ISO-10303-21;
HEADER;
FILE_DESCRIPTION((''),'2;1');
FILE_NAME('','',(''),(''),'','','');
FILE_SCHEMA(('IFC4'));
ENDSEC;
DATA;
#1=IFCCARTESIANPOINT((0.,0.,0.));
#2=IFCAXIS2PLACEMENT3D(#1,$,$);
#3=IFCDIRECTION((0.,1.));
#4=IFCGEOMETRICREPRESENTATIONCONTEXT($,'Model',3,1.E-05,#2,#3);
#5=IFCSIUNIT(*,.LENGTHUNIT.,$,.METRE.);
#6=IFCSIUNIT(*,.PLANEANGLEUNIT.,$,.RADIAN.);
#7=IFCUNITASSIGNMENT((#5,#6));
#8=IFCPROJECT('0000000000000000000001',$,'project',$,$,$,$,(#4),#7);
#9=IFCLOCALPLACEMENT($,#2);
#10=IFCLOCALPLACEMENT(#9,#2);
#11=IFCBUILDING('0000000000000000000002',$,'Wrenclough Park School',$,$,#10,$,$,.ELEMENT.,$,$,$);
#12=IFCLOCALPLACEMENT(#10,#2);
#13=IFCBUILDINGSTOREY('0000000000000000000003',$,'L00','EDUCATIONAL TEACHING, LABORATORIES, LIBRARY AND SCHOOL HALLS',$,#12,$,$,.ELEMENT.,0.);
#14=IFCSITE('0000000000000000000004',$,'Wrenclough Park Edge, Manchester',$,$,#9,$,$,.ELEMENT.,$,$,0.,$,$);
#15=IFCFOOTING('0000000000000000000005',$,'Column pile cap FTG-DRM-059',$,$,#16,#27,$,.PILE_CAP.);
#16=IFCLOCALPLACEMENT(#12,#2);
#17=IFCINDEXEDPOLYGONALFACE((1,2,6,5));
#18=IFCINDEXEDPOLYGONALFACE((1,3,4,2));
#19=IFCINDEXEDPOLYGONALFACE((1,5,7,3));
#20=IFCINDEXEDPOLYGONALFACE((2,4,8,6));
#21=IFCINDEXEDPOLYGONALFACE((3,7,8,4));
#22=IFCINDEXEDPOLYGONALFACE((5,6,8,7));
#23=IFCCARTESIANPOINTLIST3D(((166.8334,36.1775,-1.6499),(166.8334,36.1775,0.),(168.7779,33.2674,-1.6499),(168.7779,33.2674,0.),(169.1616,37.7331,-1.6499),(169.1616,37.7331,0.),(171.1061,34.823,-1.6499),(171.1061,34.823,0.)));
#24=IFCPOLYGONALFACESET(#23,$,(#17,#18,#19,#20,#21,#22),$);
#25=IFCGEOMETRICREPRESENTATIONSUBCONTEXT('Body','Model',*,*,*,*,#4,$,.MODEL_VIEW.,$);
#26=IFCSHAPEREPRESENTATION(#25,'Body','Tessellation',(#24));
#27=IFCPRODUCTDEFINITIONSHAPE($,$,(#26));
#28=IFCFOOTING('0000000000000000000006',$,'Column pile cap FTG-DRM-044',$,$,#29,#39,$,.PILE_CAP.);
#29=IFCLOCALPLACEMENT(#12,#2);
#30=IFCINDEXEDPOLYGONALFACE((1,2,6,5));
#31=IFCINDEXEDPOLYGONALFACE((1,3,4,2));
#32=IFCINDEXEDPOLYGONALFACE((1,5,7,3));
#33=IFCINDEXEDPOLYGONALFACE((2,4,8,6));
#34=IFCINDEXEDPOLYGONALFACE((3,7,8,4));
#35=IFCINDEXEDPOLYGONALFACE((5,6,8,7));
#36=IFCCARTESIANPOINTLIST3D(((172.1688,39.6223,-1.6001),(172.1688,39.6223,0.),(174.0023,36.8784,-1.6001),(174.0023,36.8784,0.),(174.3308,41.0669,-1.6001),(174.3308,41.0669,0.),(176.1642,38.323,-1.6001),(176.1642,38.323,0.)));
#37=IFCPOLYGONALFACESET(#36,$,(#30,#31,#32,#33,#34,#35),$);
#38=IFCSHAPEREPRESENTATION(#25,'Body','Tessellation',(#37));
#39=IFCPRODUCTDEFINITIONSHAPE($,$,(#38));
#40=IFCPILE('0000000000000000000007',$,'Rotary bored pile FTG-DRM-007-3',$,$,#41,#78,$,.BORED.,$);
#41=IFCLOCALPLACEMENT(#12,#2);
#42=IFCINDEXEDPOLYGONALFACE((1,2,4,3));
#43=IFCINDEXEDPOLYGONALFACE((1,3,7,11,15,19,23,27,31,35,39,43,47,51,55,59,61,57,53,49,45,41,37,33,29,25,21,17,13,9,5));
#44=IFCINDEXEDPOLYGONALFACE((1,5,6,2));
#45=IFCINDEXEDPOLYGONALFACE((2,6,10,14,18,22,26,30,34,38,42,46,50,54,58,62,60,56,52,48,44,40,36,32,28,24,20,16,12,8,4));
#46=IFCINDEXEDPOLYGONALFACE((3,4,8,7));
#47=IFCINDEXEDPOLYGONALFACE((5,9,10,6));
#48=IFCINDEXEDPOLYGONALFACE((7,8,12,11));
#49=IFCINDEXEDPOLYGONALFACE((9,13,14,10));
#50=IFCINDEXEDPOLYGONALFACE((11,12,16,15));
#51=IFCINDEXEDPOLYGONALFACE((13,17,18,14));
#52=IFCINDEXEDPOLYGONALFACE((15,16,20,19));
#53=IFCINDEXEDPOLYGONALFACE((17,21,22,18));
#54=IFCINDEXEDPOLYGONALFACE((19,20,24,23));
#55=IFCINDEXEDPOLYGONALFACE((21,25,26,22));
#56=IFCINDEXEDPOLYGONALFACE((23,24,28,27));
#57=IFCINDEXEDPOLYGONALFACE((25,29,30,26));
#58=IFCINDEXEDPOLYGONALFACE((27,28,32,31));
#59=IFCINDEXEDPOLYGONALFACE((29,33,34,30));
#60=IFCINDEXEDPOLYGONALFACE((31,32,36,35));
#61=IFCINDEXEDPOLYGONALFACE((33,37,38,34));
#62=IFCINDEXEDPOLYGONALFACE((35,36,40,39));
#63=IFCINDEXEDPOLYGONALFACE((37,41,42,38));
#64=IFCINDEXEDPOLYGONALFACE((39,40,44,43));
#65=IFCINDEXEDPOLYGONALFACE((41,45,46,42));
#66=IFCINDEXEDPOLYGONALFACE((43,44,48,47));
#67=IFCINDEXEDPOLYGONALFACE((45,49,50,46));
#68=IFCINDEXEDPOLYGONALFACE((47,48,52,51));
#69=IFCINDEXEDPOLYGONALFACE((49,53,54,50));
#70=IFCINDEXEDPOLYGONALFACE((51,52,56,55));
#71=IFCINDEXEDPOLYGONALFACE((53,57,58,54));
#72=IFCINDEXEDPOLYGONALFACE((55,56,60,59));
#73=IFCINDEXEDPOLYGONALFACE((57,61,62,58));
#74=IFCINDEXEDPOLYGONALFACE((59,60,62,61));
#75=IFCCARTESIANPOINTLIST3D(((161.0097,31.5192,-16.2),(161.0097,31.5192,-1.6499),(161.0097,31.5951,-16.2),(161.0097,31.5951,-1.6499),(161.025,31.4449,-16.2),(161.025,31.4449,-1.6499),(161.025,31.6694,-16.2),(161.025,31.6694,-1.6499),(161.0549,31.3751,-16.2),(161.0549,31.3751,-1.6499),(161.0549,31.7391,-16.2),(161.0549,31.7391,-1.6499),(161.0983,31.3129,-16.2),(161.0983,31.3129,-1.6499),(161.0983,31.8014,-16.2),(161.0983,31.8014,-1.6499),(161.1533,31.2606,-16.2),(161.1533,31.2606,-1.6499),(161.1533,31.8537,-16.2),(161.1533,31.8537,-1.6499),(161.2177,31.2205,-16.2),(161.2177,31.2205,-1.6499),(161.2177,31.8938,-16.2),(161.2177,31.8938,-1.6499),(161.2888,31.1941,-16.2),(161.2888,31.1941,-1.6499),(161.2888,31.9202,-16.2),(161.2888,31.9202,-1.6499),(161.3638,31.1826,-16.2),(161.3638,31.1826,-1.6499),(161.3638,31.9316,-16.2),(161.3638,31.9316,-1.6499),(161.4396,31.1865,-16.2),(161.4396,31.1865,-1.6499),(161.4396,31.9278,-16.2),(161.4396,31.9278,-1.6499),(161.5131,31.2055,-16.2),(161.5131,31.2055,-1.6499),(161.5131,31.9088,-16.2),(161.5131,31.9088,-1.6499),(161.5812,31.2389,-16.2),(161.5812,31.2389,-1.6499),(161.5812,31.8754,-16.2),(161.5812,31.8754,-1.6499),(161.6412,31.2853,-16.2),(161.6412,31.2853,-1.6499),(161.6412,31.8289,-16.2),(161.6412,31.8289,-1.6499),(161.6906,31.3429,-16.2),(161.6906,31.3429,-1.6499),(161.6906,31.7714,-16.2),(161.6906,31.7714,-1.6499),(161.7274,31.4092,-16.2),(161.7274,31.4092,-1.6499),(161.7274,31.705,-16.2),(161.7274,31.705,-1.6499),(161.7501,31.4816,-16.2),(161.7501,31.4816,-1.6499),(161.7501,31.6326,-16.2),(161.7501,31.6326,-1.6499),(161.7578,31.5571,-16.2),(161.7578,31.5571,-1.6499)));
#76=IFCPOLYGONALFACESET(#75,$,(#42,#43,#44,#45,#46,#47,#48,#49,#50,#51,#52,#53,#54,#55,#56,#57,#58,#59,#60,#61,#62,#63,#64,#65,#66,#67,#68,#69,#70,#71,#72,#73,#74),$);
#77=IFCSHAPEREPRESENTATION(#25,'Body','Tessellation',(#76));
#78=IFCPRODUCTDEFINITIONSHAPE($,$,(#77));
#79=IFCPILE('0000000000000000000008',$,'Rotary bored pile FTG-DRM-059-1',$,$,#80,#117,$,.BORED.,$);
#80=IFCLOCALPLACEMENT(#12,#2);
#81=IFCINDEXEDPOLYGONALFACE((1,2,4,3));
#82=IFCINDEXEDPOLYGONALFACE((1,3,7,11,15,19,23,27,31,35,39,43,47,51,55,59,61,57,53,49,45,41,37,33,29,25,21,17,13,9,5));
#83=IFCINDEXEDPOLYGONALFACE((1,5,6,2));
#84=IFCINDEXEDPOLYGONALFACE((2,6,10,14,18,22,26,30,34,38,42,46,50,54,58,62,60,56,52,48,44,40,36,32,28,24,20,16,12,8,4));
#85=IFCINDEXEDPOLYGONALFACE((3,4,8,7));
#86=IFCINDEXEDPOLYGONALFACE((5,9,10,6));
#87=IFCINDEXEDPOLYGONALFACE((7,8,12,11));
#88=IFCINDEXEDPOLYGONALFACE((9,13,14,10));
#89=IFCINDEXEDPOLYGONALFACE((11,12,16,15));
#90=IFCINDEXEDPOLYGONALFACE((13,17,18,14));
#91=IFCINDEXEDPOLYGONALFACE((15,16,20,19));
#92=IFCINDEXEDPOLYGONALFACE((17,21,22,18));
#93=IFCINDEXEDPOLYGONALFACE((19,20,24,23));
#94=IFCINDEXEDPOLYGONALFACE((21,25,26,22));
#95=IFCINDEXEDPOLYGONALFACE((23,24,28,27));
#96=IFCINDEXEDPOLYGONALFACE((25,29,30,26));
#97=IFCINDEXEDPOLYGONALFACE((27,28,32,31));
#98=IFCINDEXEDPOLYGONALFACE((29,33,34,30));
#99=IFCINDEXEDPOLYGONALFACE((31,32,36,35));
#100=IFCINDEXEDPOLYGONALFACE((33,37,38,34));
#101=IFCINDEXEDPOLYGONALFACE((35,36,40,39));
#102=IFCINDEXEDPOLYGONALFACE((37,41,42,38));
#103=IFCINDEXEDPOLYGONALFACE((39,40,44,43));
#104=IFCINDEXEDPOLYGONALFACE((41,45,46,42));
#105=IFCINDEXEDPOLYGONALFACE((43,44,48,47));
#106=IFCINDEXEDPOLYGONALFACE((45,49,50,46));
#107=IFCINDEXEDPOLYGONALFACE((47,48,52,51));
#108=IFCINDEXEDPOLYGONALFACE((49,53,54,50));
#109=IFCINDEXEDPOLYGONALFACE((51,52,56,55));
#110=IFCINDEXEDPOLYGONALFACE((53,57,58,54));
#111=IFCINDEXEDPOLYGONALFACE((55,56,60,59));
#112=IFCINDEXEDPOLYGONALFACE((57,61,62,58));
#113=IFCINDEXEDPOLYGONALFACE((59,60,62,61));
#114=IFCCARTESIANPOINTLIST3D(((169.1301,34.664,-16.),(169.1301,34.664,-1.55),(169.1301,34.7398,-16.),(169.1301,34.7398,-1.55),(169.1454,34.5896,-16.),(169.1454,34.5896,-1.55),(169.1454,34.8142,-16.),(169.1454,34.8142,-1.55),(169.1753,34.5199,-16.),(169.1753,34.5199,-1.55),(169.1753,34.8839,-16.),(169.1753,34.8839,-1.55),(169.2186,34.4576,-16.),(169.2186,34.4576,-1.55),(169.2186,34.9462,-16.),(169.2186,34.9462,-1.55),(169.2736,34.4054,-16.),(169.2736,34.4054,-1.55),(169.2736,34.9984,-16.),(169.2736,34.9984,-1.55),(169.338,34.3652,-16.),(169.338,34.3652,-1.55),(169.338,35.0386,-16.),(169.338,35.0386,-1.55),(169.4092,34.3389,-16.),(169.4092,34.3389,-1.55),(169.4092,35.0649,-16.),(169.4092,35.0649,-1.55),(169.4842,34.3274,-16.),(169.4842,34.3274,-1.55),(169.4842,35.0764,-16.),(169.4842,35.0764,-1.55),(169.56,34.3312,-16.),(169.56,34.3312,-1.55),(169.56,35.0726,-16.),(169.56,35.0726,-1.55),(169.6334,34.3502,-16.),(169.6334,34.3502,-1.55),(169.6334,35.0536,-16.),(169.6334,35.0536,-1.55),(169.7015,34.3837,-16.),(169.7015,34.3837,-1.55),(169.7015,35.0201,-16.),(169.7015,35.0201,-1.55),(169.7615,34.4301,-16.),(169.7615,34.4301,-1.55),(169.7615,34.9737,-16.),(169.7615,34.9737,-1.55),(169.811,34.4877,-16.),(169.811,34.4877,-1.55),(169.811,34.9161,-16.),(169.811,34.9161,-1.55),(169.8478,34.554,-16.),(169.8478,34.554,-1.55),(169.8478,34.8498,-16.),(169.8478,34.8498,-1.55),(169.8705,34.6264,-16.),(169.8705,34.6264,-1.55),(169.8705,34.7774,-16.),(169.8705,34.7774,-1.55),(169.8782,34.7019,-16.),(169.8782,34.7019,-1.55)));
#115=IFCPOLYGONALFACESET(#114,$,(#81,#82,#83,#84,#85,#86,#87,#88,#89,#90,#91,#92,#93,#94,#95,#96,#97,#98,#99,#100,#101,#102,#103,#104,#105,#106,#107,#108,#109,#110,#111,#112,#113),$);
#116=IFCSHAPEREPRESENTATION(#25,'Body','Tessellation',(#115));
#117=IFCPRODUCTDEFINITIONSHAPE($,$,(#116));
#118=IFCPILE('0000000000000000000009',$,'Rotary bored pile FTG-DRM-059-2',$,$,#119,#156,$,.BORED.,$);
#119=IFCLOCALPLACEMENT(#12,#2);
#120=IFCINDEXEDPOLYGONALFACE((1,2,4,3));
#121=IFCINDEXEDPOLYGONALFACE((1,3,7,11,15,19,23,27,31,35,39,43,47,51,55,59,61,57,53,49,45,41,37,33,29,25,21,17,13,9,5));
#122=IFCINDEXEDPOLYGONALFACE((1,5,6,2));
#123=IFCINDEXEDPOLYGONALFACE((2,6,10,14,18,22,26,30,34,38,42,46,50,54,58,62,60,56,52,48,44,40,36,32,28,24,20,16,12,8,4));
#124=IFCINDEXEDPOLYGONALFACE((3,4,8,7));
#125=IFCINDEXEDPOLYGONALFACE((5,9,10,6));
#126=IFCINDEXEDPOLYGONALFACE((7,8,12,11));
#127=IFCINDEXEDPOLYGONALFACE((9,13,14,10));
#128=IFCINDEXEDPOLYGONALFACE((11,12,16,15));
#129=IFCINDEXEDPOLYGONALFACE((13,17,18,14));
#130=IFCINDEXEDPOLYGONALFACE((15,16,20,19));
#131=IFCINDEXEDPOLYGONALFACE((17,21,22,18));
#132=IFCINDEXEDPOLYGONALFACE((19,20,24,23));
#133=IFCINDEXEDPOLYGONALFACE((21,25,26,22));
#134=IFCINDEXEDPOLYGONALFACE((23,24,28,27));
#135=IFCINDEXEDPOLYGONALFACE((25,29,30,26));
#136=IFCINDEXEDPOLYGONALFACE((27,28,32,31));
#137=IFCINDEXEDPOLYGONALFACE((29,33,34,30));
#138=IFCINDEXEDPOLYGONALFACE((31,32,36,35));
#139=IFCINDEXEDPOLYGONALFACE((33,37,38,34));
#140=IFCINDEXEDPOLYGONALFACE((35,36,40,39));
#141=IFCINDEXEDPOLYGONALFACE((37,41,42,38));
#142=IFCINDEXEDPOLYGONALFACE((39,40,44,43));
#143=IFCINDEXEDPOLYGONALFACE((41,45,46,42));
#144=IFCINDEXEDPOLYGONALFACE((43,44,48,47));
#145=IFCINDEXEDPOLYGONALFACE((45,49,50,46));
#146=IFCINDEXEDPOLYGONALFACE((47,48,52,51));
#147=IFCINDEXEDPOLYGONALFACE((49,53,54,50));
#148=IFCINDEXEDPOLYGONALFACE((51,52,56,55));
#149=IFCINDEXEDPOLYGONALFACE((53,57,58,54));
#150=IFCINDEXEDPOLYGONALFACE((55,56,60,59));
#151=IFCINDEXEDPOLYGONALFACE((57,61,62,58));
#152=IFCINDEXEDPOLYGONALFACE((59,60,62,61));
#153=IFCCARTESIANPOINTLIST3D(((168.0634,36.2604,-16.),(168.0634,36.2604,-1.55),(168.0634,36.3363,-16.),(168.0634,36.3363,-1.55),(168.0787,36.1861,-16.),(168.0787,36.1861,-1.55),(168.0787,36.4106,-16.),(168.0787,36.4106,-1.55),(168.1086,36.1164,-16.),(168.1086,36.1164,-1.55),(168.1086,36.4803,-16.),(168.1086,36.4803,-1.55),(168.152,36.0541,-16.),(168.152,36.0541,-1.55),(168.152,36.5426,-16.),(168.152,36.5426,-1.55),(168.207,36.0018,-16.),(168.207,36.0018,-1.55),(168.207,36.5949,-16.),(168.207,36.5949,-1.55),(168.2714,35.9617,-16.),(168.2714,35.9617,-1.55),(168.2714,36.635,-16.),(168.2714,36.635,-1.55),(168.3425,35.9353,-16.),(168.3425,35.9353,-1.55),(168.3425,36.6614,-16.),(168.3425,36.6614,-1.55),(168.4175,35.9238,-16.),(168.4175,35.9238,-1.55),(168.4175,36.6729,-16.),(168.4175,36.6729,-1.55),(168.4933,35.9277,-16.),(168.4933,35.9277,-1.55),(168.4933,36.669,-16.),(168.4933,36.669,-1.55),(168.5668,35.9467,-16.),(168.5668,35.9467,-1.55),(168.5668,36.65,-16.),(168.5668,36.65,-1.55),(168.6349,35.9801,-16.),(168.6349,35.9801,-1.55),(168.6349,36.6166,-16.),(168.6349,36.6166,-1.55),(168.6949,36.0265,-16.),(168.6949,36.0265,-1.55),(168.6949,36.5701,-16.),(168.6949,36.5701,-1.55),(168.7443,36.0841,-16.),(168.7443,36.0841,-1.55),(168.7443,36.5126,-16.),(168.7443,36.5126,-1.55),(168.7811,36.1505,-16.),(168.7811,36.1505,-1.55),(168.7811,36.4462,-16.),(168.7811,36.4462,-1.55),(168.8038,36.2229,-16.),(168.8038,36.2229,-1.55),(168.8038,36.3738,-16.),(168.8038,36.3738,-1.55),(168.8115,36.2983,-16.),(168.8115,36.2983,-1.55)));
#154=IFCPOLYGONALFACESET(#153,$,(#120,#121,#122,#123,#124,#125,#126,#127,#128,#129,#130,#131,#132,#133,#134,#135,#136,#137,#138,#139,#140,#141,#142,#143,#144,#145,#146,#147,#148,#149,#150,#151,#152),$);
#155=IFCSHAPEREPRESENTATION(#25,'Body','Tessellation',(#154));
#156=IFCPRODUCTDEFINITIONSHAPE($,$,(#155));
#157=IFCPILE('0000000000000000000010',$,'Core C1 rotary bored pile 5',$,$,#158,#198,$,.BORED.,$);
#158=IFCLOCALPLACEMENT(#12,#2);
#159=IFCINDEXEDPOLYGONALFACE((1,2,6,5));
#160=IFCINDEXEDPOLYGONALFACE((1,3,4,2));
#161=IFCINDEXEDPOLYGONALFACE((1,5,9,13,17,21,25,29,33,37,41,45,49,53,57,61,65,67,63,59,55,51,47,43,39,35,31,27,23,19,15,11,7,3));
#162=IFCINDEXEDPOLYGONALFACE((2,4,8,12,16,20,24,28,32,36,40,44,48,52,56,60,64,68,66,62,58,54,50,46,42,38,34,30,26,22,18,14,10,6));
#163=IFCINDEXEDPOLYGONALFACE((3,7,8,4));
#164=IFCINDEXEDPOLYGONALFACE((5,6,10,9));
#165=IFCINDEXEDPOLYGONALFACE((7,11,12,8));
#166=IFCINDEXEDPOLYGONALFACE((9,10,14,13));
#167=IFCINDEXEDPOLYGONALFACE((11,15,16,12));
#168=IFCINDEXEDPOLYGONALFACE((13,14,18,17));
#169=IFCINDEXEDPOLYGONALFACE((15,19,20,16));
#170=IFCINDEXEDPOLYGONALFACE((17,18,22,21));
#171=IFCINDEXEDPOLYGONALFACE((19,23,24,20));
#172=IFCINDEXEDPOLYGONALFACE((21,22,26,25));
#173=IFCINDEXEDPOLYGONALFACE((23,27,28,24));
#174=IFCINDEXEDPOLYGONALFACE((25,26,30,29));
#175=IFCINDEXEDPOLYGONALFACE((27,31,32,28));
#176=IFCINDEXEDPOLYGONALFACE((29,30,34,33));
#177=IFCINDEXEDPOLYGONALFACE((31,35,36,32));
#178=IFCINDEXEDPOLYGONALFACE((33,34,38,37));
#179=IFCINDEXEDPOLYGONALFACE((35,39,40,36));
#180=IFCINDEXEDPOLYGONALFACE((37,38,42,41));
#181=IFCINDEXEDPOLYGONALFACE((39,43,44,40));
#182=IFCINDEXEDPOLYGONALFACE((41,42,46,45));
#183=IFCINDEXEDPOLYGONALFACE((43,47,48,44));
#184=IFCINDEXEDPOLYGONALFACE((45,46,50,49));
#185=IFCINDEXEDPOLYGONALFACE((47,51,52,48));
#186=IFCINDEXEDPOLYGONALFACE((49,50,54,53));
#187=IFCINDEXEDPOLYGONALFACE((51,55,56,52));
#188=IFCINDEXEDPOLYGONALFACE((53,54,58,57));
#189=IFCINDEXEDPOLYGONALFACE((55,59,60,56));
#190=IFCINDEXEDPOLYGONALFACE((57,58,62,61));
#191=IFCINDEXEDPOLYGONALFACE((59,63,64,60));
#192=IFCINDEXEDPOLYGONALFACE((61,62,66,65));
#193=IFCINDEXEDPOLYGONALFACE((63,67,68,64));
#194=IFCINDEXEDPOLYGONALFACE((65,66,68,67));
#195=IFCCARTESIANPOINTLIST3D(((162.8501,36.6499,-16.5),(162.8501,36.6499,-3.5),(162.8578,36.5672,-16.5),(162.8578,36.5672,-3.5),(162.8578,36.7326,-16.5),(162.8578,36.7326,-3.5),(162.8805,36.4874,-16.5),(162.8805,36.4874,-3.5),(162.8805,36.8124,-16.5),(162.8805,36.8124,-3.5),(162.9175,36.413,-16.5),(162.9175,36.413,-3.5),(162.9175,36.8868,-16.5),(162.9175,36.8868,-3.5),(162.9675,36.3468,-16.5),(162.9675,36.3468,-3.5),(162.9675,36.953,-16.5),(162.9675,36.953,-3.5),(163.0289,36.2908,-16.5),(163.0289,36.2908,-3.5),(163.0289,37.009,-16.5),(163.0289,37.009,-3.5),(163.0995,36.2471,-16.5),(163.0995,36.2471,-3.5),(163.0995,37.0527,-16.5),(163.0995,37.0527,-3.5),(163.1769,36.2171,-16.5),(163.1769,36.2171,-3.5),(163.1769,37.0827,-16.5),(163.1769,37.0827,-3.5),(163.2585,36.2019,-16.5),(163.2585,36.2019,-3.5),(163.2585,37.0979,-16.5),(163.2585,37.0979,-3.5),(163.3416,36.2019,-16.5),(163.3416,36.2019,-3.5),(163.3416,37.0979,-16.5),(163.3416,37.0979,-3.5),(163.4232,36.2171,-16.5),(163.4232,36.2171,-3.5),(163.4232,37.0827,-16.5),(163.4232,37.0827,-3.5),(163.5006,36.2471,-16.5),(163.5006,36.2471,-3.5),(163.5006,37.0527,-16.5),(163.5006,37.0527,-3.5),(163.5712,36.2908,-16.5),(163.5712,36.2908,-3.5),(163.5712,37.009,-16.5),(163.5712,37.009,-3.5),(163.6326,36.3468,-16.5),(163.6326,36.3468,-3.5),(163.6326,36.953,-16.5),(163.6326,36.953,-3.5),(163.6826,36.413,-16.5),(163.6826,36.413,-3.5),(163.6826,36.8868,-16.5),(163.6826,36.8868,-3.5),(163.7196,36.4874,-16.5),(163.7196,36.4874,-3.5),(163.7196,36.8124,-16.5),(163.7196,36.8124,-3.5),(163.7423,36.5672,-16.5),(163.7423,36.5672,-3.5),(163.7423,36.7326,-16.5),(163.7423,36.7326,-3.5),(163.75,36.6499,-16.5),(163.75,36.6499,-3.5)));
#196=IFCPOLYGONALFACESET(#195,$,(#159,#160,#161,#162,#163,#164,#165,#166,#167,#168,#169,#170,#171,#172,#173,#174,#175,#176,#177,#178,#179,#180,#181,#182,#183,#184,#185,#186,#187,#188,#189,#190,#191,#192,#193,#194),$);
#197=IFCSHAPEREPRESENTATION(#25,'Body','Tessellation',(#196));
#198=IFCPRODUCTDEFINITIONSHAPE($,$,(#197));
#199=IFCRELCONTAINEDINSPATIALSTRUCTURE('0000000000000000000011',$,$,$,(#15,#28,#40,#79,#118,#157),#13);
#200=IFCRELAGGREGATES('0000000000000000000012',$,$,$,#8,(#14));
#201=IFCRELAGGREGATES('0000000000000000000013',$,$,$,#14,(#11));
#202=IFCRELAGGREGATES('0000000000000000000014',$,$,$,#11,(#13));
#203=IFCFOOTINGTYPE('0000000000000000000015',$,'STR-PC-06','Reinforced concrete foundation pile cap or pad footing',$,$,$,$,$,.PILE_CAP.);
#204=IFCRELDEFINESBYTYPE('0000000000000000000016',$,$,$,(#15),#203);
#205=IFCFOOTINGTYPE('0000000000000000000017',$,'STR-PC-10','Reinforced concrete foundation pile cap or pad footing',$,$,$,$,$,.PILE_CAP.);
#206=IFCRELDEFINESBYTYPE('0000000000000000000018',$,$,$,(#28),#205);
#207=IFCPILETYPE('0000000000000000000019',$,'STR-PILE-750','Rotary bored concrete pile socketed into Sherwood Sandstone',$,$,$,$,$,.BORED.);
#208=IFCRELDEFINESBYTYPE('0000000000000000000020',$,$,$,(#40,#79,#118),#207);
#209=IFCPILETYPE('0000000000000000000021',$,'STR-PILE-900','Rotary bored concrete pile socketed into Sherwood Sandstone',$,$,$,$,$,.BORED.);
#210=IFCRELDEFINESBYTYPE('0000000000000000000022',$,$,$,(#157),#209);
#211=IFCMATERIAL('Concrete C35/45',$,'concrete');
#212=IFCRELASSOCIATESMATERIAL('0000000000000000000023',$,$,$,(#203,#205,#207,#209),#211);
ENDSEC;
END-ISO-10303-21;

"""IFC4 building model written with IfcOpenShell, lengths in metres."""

from ifc_helpers import new_model, si_unit, direction, frame, origin, origin_2d, place, context, subcontext, project, spatial, rectangle, circle, extrude, material, material_profile, profile_set, type_object, element, save


model = new_model("IFC4")

# Units and contexts
model_context = context("Model", 3, precision=1e-05, world=origin(), true_north=direction((0.0, 1.0)))
body_context = subcontext(model_context, "Body", "Model", "MODEL_VIEW")
ifc_project = project(units=[si_unit("LENGTHUNIT", "METRE"), si_unit("PLANEANGLEUNIT", "RADIAN")], contexts=[model_context])

# Site, building, storey
site_placement = place(None, origin())
site = spatial("IfcSite", under=ifc_project, at=site_placement, Name="Wrenclough Park Edge, Manchester", CompositionType="ELEMENT", RefElevation=0.0)
building_placement = place(site_placement, origin())
building = spatial("IfcBuilding", under=site, at=building_placement, Name="Wrenclough Park School", CompositionType="ELEMENT")
storey_placement = place(building_placement, origin())
storey = spatial("IfcBuildingStorey", under=building, at=storey_placement, Name="L00", Description="EDUCATIONAL TEACHING, LABORATORIES, LIBRARY AND SCHOOL HALLS", CompositionType="ELEMENT", Elevation=0.0)

# Footings
ifc_material_1 = material(Name="Concrete C35/45", Category="concrete")
footing_type_1 = type_object("IfcFootingType", Name="STR-PC-06", Description="Reinforced concrete foundation pile cap or pad footing", PredefinedType="PILE_CAP", material=ifc_material_1)
footing_1_placement = place(storey_placement, frame((168.9697, 35.5002, -1.6499), z_axis=(0.0, 0.0, 1.0), x_axis=(-0.55557, 0.83147, 0.0)))
element("IfcFooting", 1, at=footing_1_placement, inside=storey, type_object=footing_type_1, Name="Column pile cap FTG-DRM-059", PredefinedType="PILE_CAP", context=body_context, shape_type="SweptSolid", body=[
    extrude(rectangle(XDim=3.5, YDim=2.8, at=origin_2d()), origin(), (0.0, 0.0, 1.0), 1.6499),
])
footing_type_2 = type_object("IfcFootingType", Name="STR-PC-10", Description="Reinforced concrete foundation pile cap or pad footing", PredefinedType="PILE_CAP", material=ifc_material_1)
footing_2_placement = place(storey_placement, frame((174.1665, 38.9727, -1.6001), z_axis=(0.0, 0.0, 1.0), x_axis=(-0.55557, 0.83147, 0.0)))
element("IfcFooting", 2, at=footing_2_placement, inside=storey, type_object=footing_type_2, Name="Column pile cap FTG-DRM-044", PredefinedType="PILE_CAP", context=body_context, shape_type="SweptSolid", body=[
    extrude(rectangle(XDim=3.3, YDim=2.6001, at=origin_2d()), origin(), (0.0, 0.0, 1.0), 1.6001),
])

# Piles
ifc_material_profile_1 = material_profile(ifc_material_1, circle(Radius=0.375, at=origin_2d()), Name="BORED PILE D750")
ifc_profile_set_1 = profile_set([ifc_material_profile_1], Name="Concrete C35/45")
pile_type_1 = type_object("IfcPileType", Name="STR-PILE-750", Description="Rotary bored concrete pile socketed into Sherwood Sandstone", PredefinedType="BORED", material=ifc_profile_set_1)
pile_1_placement = place(storey_placement, frame((161.3828, 31.5571, -1.6499), z_axis=(0.0, 0.0, -1.0), x_axis=(1.0, 0.0, 0.0)))
element("IfcPile", 3, at=pile_1_placement, inside=storey, type_object=pile_type_1, Name="Rotary bored pile FTG-DRM-007-3", PredefinedType="BORED", context=body_context, shape_type="SweptSolid", body=[
    extrude(circle(Radius=0.375, at=origin_2d()), origin(), (0.0, 0.0, 1.0), 14.55),
])
for number, where, z_axis, x_axis, name in (
    (4, (169.5032, 34.7019, -1.55), (0.0, 0.0, -1.0), (1.0, 0.0, 0.0), "Rotary bored pile FTG-DRM-059-1"),
    (5, (168.4365, 36.2983, -1.55), (0.0, 0.0, -1.0), (1.0, 0.0, 0.0), "Rotary bored pile FTG-DRM-059-2"),
):
    element("IfcPile", number, at=place(storey_placement, frame(where, z_axis=z_axis, x_axis=x_axis)), inside=storey, type_object=pile_type_1, Name=name, PredefinedType="BORED", context=body_context, shape_type="SweptSolid", body=[
        extrude(circle(Radius=0.375, at=origin_2d()), origin(), (0.0, 0.0, 1.0), 14.45),
    ])
ifc_material_profile_2 = material_profile(ifc_material_1, circle(Radius=0.45, at=origin_2d()), Name="BORED PILE D900")
ifc_profile_set_2 = profile_set([ifc_material_profile_2], Name="Concrete C35/45")
pile_type_2 = type_object("IfcPileType", Name="STR-PILE-900", Description="Rotary bored concrete pile socketed into Sherwood Sandstone", PredefinedType="BORED", material=ifc_profile_set_2)
pile_2_placement = place(storey_placement, frame((163.3, 36.6499, -3.5), z_axis=(0.0, 0.0, -1.0), x_axis=(1.0, 0.0, 0.0)))
element("IfcPile", 6, at=pile_2_placement, inside=storey, type_object=pile_type_2, Name="Core C1 rotary bored pile 5", PredefinedType="BORED", context=body_context, shape_type="SweptSolid", body=[
    extrude(circle(Radius=0.45, at=origin_2d()), origin(), (0.0, 0.0, 1.0), 13.0),
])

save(model, "model.ifc")
